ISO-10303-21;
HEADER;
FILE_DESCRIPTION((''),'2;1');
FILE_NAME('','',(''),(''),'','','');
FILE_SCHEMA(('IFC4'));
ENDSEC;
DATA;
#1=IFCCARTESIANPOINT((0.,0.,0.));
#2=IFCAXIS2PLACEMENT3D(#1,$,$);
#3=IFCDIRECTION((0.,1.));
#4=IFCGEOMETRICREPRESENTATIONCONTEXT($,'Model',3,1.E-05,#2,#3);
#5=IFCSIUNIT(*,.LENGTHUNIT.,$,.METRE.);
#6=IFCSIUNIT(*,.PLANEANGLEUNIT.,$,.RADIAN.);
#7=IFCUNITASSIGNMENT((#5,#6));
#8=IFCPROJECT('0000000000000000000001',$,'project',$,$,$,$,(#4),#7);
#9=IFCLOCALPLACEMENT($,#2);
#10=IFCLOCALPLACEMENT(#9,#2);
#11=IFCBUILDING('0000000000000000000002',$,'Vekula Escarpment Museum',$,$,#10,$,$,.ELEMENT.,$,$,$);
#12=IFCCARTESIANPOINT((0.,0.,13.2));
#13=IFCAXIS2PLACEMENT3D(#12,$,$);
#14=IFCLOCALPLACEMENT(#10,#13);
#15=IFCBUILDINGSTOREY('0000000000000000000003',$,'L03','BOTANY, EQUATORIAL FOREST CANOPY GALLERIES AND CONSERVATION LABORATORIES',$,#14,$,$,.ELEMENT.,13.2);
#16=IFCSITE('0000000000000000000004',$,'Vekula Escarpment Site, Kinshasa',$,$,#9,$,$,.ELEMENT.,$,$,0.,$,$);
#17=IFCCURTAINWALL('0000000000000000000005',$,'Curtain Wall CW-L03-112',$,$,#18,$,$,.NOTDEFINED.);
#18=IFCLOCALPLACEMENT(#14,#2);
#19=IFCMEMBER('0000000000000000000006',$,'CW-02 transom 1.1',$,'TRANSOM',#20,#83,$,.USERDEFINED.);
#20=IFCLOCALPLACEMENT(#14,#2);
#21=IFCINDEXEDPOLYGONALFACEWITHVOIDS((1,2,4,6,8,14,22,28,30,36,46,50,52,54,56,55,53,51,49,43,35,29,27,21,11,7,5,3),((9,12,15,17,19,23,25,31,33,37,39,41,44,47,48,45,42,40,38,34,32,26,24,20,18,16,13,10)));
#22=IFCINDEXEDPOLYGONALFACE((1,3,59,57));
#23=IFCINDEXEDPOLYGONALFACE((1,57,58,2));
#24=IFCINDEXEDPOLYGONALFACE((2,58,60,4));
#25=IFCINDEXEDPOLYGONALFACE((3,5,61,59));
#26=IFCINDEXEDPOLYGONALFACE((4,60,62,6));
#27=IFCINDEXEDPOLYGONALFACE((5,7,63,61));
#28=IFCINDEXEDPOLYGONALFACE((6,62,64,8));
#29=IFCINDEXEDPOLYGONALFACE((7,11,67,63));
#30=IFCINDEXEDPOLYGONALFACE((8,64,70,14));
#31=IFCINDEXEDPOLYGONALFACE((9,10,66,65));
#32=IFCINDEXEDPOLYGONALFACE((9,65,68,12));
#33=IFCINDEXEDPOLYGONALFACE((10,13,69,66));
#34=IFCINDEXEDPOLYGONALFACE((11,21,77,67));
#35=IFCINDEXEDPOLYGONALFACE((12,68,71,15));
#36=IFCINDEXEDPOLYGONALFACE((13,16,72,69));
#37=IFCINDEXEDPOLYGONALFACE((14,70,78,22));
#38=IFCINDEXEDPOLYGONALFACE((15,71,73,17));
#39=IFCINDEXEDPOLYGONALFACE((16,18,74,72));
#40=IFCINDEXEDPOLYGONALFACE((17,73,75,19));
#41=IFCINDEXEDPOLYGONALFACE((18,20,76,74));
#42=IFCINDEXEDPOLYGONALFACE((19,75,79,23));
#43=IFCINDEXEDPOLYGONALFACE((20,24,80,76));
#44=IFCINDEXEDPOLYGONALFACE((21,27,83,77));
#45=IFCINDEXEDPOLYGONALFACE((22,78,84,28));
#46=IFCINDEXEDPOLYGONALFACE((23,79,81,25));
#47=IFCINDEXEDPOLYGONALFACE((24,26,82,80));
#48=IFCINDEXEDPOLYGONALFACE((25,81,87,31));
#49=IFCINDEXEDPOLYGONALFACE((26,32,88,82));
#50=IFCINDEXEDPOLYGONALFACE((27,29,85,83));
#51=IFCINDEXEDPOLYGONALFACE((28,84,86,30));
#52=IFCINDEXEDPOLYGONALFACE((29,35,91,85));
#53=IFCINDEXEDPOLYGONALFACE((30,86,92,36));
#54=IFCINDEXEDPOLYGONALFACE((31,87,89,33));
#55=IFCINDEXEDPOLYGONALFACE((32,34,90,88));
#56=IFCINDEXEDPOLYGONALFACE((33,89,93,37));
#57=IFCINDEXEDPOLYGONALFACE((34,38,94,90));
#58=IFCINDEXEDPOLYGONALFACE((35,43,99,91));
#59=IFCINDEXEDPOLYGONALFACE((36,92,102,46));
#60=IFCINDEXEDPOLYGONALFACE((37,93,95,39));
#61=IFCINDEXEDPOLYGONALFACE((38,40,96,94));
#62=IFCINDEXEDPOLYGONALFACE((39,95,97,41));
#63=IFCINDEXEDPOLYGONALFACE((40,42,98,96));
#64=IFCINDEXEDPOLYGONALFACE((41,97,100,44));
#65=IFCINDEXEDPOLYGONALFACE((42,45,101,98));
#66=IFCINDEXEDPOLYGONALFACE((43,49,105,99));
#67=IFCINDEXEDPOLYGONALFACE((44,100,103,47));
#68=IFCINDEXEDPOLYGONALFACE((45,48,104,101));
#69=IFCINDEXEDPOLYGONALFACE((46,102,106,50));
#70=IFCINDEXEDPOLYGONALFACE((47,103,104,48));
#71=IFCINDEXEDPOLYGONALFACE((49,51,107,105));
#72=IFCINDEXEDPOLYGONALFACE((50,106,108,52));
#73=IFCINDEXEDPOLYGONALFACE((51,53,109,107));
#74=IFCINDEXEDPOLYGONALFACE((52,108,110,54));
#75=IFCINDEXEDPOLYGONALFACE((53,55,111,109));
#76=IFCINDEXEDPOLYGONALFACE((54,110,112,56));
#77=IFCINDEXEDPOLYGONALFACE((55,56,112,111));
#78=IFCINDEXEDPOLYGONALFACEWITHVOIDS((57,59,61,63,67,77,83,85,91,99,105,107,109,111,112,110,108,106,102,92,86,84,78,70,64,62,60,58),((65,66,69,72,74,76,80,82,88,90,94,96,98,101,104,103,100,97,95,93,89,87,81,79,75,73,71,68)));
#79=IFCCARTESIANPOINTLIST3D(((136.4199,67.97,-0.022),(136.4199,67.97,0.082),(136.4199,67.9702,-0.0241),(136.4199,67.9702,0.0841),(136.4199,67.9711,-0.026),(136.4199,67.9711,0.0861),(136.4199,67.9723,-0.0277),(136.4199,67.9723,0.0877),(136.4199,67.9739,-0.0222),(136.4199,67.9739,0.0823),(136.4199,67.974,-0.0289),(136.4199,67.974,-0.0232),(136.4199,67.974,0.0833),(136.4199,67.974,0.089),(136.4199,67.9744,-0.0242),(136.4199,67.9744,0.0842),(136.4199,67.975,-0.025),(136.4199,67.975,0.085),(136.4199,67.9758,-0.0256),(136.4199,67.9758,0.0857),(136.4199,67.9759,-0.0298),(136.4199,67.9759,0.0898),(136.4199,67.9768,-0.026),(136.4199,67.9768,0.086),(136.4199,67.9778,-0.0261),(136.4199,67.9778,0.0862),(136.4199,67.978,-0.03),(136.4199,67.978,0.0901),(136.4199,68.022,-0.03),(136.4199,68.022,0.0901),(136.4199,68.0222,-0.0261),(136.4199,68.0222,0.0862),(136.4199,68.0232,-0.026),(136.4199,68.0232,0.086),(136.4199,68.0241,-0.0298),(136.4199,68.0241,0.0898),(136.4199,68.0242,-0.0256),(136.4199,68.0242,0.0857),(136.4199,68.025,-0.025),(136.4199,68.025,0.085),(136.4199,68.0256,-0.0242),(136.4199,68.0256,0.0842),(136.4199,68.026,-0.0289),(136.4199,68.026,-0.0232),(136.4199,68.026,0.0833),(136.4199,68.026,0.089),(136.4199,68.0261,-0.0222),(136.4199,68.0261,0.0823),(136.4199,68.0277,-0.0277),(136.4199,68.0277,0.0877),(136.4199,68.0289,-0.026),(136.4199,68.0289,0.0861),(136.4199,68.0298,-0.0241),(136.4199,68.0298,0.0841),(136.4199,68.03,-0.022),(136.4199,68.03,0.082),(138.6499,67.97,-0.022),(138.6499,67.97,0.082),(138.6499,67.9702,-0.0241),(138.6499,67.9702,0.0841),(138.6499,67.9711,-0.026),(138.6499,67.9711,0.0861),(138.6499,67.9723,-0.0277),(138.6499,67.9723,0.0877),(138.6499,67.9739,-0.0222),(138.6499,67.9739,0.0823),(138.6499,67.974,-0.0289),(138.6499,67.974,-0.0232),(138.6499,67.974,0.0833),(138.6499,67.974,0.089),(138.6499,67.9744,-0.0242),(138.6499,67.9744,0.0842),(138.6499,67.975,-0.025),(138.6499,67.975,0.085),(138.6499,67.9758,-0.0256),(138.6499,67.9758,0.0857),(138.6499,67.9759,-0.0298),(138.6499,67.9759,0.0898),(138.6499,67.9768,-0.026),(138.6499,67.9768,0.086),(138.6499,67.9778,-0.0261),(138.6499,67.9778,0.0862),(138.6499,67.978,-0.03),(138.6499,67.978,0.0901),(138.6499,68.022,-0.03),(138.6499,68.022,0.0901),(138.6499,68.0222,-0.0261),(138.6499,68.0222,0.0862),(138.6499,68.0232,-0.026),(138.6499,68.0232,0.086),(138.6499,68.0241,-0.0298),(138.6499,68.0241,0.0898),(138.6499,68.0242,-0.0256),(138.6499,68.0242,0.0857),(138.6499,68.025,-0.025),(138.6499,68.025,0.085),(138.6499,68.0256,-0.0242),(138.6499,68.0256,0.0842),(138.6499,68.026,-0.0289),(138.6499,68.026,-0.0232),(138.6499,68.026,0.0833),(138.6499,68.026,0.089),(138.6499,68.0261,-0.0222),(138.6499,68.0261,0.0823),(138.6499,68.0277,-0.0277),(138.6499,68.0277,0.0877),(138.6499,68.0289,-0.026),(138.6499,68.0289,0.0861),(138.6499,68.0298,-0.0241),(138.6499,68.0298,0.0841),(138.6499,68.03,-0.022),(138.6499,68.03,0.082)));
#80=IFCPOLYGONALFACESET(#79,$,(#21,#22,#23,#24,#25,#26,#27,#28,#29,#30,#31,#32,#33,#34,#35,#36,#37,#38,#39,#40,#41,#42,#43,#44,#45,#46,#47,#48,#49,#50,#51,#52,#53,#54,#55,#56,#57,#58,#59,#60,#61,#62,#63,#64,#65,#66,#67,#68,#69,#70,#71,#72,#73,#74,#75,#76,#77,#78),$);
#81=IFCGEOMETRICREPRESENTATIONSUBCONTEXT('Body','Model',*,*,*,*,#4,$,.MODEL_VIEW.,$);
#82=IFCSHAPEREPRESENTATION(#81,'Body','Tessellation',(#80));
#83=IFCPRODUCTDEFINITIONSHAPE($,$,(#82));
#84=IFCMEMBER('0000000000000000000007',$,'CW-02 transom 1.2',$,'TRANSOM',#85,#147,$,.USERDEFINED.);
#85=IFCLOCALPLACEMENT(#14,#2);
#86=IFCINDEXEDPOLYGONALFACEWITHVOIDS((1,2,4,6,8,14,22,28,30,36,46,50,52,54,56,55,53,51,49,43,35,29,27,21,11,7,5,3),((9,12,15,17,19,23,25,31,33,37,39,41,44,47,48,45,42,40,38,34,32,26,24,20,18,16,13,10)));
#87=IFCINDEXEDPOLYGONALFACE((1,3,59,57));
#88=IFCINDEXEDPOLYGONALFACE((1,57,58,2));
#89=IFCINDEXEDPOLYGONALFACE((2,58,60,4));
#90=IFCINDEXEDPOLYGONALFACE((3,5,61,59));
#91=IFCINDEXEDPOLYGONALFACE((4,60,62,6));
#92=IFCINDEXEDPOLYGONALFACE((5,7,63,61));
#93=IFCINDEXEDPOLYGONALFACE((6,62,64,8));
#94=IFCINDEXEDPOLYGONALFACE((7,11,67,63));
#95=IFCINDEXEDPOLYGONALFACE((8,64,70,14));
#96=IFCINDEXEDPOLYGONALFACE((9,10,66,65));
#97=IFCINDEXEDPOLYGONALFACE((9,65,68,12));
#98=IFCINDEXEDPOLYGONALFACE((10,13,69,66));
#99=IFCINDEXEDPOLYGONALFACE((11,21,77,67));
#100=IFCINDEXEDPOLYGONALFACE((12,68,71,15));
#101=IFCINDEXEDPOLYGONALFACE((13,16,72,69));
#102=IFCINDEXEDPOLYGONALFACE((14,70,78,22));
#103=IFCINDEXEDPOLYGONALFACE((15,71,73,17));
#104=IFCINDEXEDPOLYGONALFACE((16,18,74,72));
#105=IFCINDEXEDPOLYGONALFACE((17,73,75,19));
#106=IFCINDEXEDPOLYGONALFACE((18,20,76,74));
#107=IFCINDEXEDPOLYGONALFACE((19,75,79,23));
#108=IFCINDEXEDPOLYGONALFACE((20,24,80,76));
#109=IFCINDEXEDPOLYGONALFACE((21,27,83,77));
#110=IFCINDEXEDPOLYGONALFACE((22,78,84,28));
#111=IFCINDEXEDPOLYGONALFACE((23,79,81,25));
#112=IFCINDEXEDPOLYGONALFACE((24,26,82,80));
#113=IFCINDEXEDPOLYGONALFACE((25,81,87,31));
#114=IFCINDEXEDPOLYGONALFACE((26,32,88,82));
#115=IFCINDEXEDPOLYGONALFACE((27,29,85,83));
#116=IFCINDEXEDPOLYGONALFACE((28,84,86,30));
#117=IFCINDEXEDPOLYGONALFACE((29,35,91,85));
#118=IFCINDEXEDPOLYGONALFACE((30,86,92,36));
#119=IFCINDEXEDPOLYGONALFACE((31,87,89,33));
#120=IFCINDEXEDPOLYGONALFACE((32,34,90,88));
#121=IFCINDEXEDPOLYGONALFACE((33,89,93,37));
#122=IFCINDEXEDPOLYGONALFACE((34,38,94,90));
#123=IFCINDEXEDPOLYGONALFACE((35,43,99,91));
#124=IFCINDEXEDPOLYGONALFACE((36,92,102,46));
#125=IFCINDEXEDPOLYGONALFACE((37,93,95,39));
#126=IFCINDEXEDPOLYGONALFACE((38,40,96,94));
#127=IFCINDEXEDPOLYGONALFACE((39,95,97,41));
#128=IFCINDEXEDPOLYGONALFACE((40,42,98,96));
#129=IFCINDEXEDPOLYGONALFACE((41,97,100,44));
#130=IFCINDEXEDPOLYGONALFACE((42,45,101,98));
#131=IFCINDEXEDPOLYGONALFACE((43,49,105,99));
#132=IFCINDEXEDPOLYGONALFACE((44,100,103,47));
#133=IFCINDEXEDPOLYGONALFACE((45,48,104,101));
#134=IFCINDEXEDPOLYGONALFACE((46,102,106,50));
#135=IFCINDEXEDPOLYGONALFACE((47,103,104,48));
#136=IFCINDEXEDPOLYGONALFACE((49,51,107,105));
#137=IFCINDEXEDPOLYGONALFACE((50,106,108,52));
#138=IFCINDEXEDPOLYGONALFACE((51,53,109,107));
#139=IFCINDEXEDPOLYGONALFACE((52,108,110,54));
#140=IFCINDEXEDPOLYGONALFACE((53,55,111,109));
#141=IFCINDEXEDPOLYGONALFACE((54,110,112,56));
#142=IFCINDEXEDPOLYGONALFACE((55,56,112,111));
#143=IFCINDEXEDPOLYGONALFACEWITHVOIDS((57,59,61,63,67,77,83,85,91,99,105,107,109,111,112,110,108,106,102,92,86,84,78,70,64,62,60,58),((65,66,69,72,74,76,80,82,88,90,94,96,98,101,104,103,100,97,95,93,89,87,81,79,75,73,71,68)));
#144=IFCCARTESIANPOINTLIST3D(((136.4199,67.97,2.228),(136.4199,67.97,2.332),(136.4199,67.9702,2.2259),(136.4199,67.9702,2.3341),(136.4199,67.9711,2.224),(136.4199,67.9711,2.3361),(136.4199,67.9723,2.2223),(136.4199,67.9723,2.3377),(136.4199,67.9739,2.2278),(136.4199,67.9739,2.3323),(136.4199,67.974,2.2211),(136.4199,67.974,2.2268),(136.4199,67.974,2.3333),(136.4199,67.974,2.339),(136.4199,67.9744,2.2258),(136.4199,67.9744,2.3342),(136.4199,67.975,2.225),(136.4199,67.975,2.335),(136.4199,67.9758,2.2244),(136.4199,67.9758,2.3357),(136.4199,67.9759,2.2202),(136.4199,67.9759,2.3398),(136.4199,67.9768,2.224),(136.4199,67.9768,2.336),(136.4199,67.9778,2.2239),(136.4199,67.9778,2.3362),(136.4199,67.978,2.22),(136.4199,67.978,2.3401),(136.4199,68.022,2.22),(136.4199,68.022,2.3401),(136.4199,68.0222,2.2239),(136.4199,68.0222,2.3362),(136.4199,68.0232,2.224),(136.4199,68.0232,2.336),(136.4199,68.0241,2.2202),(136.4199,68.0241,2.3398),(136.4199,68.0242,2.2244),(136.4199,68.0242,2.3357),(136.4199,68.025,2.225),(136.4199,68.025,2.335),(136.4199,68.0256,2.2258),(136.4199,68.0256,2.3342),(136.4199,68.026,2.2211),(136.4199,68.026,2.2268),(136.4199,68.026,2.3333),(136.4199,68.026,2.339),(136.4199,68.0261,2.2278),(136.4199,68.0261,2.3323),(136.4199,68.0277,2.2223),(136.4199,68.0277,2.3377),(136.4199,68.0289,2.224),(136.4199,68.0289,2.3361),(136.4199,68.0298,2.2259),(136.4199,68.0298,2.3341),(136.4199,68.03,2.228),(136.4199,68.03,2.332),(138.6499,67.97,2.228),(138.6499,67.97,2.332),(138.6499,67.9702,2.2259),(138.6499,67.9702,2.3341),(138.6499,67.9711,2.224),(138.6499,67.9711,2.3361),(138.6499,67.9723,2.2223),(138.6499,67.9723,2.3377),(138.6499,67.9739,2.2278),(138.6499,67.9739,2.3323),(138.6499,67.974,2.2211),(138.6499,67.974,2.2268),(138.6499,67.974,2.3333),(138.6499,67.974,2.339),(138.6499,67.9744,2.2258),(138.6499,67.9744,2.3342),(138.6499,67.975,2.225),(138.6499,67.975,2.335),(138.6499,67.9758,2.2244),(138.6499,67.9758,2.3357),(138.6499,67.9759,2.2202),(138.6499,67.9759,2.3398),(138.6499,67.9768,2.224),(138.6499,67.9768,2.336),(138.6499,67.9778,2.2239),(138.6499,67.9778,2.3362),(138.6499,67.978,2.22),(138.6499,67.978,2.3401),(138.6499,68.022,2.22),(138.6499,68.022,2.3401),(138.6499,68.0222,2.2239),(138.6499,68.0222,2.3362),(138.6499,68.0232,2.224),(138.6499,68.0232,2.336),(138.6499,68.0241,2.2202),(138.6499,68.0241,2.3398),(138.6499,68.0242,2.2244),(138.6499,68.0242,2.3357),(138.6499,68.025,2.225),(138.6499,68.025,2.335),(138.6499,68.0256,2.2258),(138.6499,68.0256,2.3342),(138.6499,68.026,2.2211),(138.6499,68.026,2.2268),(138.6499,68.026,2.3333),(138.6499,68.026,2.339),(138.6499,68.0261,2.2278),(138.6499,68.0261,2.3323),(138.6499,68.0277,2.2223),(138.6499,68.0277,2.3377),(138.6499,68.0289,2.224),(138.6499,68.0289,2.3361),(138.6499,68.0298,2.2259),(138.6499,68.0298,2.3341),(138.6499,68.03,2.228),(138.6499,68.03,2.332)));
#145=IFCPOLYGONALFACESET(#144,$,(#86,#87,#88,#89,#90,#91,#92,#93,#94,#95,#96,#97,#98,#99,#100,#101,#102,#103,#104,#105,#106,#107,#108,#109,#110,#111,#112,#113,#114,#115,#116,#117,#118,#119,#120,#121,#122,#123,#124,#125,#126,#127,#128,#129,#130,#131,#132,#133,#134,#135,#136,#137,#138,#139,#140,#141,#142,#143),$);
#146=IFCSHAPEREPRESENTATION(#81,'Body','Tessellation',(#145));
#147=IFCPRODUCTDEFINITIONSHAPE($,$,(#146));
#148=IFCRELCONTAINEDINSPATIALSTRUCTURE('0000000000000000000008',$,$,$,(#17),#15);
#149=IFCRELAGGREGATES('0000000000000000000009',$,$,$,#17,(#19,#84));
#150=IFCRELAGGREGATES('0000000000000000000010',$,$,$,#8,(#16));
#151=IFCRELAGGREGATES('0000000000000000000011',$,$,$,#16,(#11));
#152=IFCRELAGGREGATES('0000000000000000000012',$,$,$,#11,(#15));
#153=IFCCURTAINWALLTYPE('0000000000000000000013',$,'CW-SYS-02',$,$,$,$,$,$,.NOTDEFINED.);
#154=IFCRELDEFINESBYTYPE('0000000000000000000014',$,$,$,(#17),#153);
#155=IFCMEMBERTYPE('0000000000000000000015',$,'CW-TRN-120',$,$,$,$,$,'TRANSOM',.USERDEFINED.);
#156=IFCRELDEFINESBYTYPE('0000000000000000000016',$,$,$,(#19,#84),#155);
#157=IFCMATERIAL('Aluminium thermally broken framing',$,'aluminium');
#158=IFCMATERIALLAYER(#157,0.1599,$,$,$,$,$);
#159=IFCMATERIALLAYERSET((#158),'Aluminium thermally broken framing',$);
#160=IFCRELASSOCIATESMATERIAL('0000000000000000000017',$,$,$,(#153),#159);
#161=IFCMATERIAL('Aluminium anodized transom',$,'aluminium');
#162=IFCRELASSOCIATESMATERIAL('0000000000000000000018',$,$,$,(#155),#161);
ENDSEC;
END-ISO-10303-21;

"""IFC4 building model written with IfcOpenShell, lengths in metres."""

from ifc_helpers import new_model, si_unit, direction, frame, origin, origin_2d, place, context, subcontext, project, spatial, hollow_rectangle, extrude, material, layer, layer_set, material_profile, profile_set, type_object, element, aggregate, save


model = new_model("IFC4")

# Units and contexts
model_context = context("Model", 3, precision=1e-05, world=origin(), true_north=direction((0.0, 1.0)))
body_context = subcontext(model_context, "Body", "Model", "MODEL_VIEW")
ifc_project = project(units=[si_unit("LENGTHUNIT", "METRE"), si_unit("PLANEANGLEUNIT", "RADIAN")], contexts=[model_context])

# Site, building, storey
site_placement = place(None, origin())
site = spatial("IfcSite", under=ifc_project, at=site_placement, Name="Vekula Escarpment Site, Kinshasa", CompositionType="ELEMENT", RefElevation=0.0)
building_placement = place(site_placement, origin())
building = spatial("IfcBuilding", under=site, at=building_placement, Name="Vekula Escarpment Museum", CompositionType="ELEMENT")
storey_placement = place(building_placement, frame((0.0, 0.0, 13.2)))
storey = spatial("IfcBuildingStorey", under=building, at=storey_placement, Name="L03", Description="BOTANY, EQUATORIAL FOREST CANOPY GALLERIES AND CONSERVATION LABORATORIES", CompositionType="ELEMENT", Elevation=13.2)

# Curtain wall, members
ifc_material_1 = material(Name="Aluminium thermally broken framing", Category="aluminium")
ifc_layer_1 = layer(ifc_material_1, 0.1599)
ifc_layer_set_1 = layer_set([ifc_layer_1], Name="Aluminium thermally broken framing")
curtain_wall_type = type_object("IfcCurtainWallType", Name="CW-SYS-02", PredefinedType="NOTDEFINED", material=ifc_layer_set_1)
curtain_wall_placement = place(storey_placement, origin())
curtain_wall = element("IfcCurtainWall", 1, at=curtain_wall_placement, inside=storey, type_object=curtain_wall_type, Name="Curtain Wall CW-L03-112", PredefinedType="NOTDEFINED")
ifc_material_2 = material(Name="Aluminium anodized transom", Category="aluminium")
ifc_material_profile_1 = material_profile(ifc_material_2, hollow_rectangle(XDim=0.0601, YDim=0.1201, WallThickness=0.0039, InnerFilletRadius=0.0039, OuterFilletRadius=0.0081, at=origin_2d()), Name="ALU 120x60x4")
ifc_profile_set_1 = profile_set([ifc_material_profile_1], Name="Aluminium anodized transom")
member_type_1 = type_object("IfcMemberType", Name="CW-TRN-120", ElementType="TRANSOM", PredefinedType="USERDEFINED", material=ifc_profile_set_1)
member_1_placement = place(storey_placement, frame((136.4199, 68.0, 0.03), z_axis=(1.0, 0.0, 0.0), x_axis=(0.0, 1.0, 0.0)))
member_1 = element("IfcMember", 2, at=member_1_placement, type_object=member_type_1, Name="CW-02 transom 1.1", ObjectType="TRANSOM", PredefinedType="USERDEFINED", context=body_context, shape_type="SweptSolid", body=[
    extrude(hollow_rectangle(XDim=0.0601, YDim=0.1201, WallThickness=0.0039, InnerFilletRadius=0.0039, OuterFilletRadius=0.0081, at=origin_2d()), origin(), (0.0, 0.0, 1.0), 2.23),
])
member_2_placement = place(storey_placement, frame((136.4199, 68.0, 2.28), z_axis=(1.0, 0.0, 0.0), x_axis=(0.0, 1.0, 0.0)))
member_2 = element("IfcMember", 3, at=member_2_placement, type_object=member_type_1, Name="CW-02 transom 1.2", ObjectType="TRANSOM", PredefinedType="USERDEFINED", context=body_context, shape_type="SweptSolid", body=[
    extrude(hollow_rectangle(XDim=0.0601, YDim=0.1201, WallThickness=0.0039, InnerFilletRadius=0.0039, OuterFilletRadius=0.0081, at=origin_2d()), origin(), (0.0, 0.0, 1.0), 2.23),
])
aggregate(curtain_wall, [member_1, member_2])

save(model, "model.ifc")
